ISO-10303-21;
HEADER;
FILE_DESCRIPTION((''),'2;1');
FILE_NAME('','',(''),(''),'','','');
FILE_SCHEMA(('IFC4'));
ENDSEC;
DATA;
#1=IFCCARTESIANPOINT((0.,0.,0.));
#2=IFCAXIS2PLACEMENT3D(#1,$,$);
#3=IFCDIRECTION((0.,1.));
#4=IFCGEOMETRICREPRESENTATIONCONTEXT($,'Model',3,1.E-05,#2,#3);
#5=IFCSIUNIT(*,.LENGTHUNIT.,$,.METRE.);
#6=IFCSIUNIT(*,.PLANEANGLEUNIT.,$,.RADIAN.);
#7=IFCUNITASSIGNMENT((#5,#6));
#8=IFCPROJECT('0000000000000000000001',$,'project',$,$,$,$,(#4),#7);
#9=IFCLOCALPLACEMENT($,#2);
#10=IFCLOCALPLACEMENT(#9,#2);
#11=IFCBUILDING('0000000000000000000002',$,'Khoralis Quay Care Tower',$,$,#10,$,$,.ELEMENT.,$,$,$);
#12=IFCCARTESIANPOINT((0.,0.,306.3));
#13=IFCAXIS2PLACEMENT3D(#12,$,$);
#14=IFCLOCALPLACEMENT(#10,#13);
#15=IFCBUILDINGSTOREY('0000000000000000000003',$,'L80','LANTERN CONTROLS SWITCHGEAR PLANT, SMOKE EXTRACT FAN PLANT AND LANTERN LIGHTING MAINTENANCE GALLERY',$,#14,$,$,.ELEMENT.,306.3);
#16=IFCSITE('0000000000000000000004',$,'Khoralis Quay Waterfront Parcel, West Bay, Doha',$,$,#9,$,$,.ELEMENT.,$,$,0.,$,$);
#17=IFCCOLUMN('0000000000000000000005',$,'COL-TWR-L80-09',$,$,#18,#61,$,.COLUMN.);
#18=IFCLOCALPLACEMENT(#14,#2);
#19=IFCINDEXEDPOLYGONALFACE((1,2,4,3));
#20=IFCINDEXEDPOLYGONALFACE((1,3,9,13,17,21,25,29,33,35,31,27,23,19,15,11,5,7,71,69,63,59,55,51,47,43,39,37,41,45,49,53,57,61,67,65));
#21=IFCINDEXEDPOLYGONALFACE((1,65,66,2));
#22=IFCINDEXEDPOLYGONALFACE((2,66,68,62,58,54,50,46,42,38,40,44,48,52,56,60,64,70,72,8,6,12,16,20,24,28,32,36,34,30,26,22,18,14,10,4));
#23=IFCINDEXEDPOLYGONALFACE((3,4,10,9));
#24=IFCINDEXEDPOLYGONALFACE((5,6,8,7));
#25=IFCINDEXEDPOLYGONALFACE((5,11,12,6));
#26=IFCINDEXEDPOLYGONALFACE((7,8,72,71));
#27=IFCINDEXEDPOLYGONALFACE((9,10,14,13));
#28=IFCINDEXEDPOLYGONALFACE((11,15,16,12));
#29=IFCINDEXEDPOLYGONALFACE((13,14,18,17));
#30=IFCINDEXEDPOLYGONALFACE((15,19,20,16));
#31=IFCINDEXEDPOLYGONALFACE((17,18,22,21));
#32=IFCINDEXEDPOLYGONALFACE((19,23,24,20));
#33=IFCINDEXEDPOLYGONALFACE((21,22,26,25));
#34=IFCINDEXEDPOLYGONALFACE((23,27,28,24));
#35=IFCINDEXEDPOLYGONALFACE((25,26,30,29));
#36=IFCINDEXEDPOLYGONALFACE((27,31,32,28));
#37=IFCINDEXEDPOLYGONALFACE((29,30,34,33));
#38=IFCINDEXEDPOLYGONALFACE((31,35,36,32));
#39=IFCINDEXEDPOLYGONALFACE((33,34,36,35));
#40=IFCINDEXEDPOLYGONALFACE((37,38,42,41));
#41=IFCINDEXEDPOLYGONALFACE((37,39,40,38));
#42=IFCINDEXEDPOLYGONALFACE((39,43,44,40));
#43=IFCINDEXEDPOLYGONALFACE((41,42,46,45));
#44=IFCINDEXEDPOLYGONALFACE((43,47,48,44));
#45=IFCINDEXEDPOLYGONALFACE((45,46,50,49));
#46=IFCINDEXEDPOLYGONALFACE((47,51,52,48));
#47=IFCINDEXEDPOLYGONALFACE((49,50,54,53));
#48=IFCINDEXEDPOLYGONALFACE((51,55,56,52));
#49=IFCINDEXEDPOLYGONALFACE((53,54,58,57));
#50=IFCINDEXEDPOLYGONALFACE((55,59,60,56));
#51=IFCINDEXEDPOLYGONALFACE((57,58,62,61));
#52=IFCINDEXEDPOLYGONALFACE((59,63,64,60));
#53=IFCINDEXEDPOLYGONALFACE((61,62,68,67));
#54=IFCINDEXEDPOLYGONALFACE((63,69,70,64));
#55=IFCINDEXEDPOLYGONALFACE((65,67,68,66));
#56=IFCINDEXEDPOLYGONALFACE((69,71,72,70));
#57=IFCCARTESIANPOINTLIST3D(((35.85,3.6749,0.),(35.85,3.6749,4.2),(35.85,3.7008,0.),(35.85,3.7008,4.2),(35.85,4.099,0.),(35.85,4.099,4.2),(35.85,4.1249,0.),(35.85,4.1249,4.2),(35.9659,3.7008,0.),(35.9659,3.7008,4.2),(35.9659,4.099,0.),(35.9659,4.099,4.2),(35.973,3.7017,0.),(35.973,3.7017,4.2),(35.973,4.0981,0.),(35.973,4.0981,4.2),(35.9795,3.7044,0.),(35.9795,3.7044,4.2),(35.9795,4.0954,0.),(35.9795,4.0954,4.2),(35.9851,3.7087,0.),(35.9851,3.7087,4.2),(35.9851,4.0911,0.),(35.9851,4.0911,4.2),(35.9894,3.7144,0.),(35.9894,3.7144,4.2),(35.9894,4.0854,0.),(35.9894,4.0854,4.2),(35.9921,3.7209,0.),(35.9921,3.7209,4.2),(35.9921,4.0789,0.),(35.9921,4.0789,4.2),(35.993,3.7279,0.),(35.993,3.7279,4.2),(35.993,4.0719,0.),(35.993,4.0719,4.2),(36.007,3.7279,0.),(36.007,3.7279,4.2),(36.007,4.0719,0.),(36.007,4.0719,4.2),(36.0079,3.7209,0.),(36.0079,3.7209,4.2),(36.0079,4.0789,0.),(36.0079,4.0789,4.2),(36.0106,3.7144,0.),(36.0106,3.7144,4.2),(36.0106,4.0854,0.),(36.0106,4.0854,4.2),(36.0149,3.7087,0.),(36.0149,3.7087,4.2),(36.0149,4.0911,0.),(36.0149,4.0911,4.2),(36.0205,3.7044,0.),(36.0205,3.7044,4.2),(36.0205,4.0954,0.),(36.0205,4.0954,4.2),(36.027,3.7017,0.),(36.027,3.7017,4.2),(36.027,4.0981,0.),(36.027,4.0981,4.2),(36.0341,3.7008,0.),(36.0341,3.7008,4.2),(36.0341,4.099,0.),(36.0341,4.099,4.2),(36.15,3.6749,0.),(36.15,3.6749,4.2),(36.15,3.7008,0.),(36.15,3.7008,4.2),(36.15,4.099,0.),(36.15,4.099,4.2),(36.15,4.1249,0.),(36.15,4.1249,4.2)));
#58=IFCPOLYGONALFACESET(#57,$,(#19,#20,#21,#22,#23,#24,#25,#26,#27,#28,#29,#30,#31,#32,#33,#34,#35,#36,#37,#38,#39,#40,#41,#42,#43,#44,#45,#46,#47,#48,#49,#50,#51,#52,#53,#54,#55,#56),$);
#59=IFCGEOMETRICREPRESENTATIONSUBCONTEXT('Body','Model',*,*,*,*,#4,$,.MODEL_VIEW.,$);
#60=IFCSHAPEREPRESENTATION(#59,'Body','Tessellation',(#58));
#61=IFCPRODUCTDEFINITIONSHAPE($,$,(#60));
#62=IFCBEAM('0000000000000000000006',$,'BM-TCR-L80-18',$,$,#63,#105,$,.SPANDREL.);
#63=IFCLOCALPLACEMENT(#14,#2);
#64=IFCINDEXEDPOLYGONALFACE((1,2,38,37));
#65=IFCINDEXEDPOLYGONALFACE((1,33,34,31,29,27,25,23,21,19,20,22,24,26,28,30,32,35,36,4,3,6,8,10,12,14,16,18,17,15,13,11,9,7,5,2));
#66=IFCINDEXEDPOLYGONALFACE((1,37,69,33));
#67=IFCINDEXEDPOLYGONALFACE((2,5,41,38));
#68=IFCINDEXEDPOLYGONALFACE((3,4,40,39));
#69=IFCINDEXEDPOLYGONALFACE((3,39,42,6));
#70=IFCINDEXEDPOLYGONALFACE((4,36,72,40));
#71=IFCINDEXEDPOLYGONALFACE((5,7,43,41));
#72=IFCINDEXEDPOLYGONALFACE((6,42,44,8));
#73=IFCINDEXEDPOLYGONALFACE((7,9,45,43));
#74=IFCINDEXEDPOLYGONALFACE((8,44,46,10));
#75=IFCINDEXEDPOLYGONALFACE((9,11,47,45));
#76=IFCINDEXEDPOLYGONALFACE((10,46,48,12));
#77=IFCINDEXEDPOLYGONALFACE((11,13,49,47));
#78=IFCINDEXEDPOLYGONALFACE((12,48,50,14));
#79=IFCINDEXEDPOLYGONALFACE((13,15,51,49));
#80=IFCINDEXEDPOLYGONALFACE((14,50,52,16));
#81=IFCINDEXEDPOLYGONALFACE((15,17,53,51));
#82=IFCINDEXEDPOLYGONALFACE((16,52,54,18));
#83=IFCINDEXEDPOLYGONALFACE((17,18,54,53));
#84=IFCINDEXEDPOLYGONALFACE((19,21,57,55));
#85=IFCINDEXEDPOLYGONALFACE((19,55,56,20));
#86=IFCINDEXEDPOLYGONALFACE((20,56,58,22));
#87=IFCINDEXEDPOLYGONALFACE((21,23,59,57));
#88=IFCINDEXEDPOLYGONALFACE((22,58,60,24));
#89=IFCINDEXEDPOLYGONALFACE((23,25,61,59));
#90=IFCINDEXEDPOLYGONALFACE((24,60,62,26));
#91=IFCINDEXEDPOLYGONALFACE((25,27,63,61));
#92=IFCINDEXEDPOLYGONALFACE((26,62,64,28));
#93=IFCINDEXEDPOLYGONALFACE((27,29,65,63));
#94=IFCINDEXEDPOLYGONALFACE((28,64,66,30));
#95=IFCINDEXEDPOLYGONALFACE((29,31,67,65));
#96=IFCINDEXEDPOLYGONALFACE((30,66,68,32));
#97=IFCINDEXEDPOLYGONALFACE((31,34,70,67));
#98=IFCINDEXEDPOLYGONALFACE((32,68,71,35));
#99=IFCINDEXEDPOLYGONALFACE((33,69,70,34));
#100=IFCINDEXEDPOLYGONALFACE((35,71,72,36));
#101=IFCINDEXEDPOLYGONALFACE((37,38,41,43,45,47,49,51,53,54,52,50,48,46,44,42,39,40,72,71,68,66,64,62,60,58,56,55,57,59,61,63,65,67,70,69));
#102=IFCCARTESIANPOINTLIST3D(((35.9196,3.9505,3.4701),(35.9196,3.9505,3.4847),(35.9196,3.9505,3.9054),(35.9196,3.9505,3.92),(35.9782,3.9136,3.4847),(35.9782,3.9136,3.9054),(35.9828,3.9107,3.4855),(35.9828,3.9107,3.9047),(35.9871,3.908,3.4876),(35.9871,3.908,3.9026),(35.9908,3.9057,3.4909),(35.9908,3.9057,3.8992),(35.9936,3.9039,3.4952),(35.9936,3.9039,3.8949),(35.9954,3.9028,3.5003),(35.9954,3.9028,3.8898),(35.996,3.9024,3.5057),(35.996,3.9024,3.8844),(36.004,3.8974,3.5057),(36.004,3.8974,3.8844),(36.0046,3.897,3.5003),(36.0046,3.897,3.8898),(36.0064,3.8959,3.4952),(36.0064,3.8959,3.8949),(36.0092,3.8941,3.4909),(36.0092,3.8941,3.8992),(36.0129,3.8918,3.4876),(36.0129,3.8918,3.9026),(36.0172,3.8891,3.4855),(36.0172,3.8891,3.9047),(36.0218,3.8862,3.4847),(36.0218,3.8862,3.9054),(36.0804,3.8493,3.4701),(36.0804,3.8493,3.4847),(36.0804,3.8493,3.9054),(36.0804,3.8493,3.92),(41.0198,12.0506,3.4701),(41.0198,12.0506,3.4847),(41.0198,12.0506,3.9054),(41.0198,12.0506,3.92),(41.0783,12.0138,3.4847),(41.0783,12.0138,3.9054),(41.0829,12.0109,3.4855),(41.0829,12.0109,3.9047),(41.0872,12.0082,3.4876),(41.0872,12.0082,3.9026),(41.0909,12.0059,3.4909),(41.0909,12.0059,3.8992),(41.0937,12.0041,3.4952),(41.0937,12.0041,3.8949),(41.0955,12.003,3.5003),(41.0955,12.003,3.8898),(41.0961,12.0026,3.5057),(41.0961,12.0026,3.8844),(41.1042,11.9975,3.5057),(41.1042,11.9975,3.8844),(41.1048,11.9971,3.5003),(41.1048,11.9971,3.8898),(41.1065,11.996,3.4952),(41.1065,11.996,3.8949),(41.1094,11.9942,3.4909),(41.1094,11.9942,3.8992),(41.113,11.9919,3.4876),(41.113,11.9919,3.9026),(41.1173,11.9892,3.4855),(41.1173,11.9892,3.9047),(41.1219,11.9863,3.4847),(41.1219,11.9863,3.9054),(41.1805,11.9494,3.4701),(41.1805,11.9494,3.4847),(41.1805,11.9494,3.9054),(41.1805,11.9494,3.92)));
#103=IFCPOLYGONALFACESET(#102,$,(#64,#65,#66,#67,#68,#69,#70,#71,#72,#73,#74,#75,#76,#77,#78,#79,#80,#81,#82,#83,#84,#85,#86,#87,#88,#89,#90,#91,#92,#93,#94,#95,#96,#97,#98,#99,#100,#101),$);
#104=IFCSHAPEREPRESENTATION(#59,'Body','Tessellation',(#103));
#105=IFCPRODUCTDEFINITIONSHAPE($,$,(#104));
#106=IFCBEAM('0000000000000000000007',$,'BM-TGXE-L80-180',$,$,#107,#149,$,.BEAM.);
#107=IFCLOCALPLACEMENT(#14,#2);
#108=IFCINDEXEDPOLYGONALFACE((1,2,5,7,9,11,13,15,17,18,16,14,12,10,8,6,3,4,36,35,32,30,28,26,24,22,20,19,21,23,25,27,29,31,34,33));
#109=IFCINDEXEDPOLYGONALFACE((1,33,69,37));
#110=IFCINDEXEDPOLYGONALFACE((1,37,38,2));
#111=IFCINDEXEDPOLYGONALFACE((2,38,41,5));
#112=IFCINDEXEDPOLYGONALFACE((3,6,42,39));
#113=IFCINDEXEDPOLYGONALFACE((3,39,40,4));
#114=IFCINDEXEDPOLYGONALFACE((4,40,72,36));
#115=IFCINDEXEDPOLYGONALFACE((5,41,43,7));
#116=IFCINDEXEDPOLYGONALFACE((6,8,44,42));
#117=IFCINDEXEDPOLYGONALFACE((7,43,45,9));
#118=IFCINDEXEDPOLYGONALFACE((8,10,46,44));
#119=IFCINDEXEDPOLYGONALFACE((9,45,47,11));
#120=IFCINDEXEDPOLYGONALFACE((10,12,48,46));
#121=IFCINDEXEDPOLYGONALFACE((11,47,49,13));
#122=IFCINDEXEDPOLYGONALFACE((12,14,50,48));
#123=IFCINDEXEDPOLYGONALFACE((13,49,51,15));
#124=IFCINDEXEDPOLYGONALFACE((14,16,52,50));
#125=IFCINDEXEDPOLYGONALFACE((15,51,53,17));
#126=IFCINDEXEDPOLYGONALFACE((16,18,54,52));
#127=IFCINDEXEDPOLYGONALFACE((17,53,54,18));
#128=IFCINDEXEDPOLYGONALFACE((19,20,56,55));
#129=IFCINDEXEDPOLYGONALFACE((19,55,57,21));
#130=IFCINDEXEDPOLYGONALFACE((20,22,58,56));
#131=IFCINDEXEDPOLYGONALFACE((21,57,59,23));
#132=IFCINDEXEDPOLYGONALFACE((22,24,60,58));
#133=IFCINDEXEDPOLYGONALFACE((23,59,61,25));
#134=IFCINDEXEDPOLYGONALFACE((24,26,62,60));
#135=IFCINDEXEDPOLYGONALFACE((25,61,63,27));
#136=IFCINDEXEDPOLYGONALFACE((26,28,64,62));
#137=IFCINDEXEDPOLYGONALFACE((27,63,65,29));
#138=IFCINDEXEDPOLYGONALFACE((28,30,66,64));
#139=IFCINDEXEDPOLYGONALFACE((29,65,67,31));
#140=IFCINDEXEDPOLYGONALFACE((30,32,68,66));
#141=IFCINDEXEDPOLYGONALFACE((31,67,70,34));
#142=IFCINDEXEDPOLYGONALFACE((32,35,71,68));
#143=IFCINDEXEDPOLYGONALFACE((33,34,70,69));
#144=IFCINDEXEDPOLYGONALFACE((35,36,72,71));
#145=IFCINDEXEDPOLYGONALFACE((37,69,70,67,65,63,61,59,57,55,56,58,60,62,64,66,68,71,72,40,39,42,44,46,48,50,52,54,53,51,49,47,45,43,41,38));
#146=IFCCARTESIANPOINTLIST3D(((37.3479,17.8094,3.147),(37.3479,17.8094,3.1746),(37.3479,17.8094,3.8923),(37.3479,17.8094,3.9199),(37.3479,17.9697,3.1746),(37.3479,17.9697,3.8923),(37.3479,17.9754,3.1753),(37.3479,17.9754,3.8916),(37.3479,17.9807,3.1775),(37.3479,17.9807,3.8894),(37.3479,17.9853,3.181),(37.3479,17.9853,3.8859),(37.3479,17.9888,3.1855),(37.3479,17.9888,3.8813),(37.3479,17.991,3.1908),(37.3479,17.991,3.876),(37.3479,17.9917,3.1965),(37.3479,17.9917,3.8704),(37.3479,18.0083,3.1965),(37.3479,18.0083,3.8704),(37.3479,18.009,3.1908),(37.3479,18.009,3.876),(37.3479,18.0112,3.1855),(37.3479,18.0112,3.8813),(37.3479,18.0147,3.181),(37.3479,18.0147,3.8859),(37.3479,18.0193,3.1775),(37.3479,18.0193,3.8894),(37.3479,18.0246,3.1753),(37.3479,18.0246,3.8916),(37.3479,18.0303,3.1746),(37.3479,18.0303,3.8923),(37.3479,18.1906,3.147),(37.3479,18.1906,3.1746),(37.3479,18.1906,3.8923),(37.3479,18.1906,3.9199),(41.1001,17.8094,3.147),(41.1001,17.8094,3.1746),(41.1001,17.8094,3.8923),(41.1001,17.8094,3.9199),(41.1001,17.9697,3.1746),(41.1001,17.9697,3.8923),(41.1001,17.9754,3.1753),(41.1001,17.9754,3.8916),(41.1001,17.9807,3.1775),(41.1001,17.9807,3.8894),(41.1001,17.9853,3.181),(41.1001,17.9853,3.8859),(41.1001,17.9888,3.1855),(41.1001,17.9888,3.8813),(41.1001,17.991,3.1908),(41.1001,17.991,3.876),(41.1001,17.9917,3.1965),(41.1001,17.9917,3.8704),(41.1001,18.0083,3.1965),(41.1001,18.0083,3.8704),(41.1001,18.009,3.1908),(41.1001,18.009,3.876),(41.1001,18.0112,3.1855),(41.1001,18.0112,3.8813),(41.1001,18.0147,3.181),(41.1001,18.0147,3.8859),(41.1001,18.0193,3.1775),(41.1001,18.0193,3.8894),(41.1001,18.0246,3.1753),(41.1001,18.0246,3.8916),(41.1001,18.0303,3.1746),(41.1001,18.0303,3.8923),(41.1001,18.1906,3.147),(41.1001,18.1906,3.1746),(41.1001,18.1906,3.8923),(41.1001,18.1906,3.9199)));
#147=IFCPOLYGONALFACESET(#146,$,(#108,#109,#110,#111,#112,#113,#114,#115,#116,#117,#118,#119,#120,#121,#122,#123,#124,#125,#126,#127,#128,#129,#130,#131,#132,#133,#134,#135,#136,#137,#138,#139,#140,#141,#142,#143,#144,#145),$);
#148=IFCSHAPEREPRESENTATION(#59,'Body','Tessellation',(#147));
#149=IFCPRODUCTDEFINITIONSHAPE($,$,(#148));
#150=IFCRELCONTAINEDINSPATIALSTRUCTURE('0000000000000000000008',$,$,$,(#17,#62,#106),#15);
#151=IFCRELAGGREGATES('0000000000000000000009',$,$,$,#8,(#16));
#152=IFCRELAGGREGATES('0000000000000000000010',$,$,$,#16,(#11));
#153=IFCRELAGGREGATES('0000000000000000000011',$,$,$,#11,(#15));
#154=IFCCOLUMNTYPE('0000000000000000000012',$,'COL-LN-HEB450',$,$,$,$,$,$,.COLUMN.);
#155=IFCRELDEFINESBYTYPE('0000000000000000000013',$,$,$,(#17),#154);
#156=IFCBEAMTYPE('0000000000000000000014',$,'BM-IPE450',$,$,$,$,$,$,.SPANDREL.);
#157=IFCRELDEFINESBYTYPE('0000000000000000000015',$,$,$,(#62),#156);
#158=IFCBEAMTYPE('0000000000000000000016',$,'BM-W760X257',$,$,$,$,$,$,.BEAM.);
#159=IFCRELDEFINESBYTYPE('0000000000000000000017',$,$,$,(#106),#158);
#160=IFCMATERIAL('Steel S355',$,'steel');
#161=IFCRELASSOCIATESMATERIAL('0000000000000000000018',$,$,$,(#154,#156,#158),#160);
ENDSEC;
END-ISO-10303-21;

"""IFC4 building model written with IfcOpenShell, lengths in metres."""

from ifc_helpers import new_model, si_unit, direction, frame, origin, origin_2d, place, context, subcontext, project, spatial, i_section, extrude, source, transform, mapped, material, material_profile, profile_set, type_object, element, save


model = new_model("IFC4")

# Units and contexts
model_context = context("Model", 3, precision=1e-05, world=origin(), true_north=direction((0.0, 1.0)))
body_context = subcontext(model_context, "Body", "Model", "MODEL_VIEW")
ifc_project = project(units=[si_unit("LENGTHUNIT", "METRE"), si_unit("PLANEANGLEUNIT", "RADIAN")], contexts=[model_context])

# Site, building, storey
site_placement = place(None, origin())
site = spatial("IfcSite", under=ifc_project, at=site_placement, Name="Khoralis Quay Waterfront Parcel, West Bay, Doha", CompositionType="ELEMENT", RefElevation=0.0)
building_placement = place(site_placement, origin())
building = spatial("IfcBuilding", under=site, at=building_placement, Name="Khoralis Quay Care Tower", CompositionType="ELEMENT")
storey_placement = place(building_placement, frame((0.0, 0.0, 306.3)))
storey = spatial("IfcBuildingStorey", under=building, at=storey_placement, Name="L80", Description="LANTERN CONTROLS SWITCHGEAR PLANT, SMOKE EXTRACT FAN PLANT AND LANTERN LIGHTING MAINTENANCE GALLERY", CompositionType="ELEMENT", Elevation=306.3)

# Column
ifc_material_1 = material(Name="Steel S355", Category="steel")
ifc_material_profile_1 = material_profile(ifc_material_1, i_section(OverallWidth=0.3, OverallDepth=0.45, WebThickness=0.0139, FlangeThickness=0.0259, FilletRadius=0.0271, at=origin_2d()), Name="Steel S355")
ifc_profile_set_1 = profile_set([ifc_material_profile_1], Name="Steel S355")
column_type = type_object("IfcColumnType", Name="COL-LN-HEB450", PredefinedType="COLUMN", material=ifc_profile_set_1)
shared_shape_1 = source(origin(), body_context, "Body", "SweptSolid", [
    extrude(i_section(OverallWidth=0.3, OverallDepth=0.45, WebThickness=0.0139, FlangeThickness=0.0259, FilletRadius=0.0271, at=origin_2d()), origin(), (0.0, 0.0, 1.0), 4.2),
])
column_placement = place(storey_placement, frame((36.0, 3.8999, 0.0), z_axis=(0.0, 0.0, 1.0), x_axis=(1.0, 0.0, 0.0)))
element("IfcColumn", 1, at=column_placement, inside=storey, type_object=column_type, Name="COL-TWR-L80-09", PredefinedType="COLUMN", context=body_context, shape_type="MappedRepresentation", body=[
    mapped(shared_shape_1, transform((0.0, 0.0, 0.0), scale=1.0)),
])

# Beams
ifc_material_profile_2 = material_profile(ifc_material_1, i_section(OverallWidth=0.1899, OverallDepth=0.45, WebThickness=0.0095, FlangeThickness=0.0146, FilletRadius=0.021, at=origin_2d()), Name="Steel S355")
ifc_profile_set_2 = profile_set([ifc_material_profile_2], Name="Steel S355")
beam_type_1 = type_object("IfcBeamType", Name="BM-IPE450", PredefinedType="SPANDREL", material=ifc_profile_set_2)
shared_shape_2 = source(origin(), body_context, "Body", "SweptSolid", [
    extrude(i_section(OverallWidth=0.1899, OverallDepth=0.45, WebThickness=0.0095, FlangeThickness=0.0146, FilletRadius=0.021, at=origin_2d()), origin(), (0.0, 0.0, 1.0), 9.572),
])
beam_1_placement = place(storey_placement, frame((36.0, 3.8999, 3.6951), z_axis=(0.532816, 0.846231, 0.0), x_axis=(-0.846231, 0.532816, 0.0)))
element("IfcBeam", 2, at=beam_1_placement, inside=storey, type_object=beam_type_1, Name="BM-TCR-L80-18", PredefinedType="SPANDREL", context=body_context, shape_type="MappedRepresentation", body=[
    mapped(shared_shape_2, transform((0.0, 0.0, 0.0), scale=1.0)),
])
ifc_material_profile_3 = material_profile(ifc_material_1, i_section(OverallWidth=0.3811, OverallDepth=0.7729, WebThickness=0.0166, FlangeThickness=0.0276, FilletRadius=0.022, at=origin_2d()), Name="Steel S355")
ifc_profile_set_3 = profile_set([ifc_material_profile_3], Name="Steel S355")
beam_type_2 = type_object("IfcBeamType", Name="BM-W760X257", PredefinedType="BEAM", material=ifc_profile_set_3)
shared_shape_3 = source(origin(), body_context, "Body", "SweptSolid", [
    extrude(i_section(OverallWidth=0.3811, OverallDepth=0.7729, WebThickness=0.0166, FlangeThickness=0.0276, FilletRadius=0.022, at=origin_2d()), origin(), (0.0, 0.0, 1.0), 3.7522),
])
beam_2_placement = place(storey_placement, frame((37.3479, 18.0, 3.5334), z_axis=(1.0, 0.0, 0.0), x_axis=(0.0, 1.0, 0.0)))
element("IfcBeam", 3, at=beam_2_placement, inside=storey, type_object=beam_type_2, Name="BM-TGXE-L80-180", PredefinedType="BEAM", context=body_context, shape_type="MappedRepresentation", body=[
    mapped(shared_shape_3, transform((0.0, 0.0, 0.0), scale=1.0)),
])

save(model, "model.ifc")
